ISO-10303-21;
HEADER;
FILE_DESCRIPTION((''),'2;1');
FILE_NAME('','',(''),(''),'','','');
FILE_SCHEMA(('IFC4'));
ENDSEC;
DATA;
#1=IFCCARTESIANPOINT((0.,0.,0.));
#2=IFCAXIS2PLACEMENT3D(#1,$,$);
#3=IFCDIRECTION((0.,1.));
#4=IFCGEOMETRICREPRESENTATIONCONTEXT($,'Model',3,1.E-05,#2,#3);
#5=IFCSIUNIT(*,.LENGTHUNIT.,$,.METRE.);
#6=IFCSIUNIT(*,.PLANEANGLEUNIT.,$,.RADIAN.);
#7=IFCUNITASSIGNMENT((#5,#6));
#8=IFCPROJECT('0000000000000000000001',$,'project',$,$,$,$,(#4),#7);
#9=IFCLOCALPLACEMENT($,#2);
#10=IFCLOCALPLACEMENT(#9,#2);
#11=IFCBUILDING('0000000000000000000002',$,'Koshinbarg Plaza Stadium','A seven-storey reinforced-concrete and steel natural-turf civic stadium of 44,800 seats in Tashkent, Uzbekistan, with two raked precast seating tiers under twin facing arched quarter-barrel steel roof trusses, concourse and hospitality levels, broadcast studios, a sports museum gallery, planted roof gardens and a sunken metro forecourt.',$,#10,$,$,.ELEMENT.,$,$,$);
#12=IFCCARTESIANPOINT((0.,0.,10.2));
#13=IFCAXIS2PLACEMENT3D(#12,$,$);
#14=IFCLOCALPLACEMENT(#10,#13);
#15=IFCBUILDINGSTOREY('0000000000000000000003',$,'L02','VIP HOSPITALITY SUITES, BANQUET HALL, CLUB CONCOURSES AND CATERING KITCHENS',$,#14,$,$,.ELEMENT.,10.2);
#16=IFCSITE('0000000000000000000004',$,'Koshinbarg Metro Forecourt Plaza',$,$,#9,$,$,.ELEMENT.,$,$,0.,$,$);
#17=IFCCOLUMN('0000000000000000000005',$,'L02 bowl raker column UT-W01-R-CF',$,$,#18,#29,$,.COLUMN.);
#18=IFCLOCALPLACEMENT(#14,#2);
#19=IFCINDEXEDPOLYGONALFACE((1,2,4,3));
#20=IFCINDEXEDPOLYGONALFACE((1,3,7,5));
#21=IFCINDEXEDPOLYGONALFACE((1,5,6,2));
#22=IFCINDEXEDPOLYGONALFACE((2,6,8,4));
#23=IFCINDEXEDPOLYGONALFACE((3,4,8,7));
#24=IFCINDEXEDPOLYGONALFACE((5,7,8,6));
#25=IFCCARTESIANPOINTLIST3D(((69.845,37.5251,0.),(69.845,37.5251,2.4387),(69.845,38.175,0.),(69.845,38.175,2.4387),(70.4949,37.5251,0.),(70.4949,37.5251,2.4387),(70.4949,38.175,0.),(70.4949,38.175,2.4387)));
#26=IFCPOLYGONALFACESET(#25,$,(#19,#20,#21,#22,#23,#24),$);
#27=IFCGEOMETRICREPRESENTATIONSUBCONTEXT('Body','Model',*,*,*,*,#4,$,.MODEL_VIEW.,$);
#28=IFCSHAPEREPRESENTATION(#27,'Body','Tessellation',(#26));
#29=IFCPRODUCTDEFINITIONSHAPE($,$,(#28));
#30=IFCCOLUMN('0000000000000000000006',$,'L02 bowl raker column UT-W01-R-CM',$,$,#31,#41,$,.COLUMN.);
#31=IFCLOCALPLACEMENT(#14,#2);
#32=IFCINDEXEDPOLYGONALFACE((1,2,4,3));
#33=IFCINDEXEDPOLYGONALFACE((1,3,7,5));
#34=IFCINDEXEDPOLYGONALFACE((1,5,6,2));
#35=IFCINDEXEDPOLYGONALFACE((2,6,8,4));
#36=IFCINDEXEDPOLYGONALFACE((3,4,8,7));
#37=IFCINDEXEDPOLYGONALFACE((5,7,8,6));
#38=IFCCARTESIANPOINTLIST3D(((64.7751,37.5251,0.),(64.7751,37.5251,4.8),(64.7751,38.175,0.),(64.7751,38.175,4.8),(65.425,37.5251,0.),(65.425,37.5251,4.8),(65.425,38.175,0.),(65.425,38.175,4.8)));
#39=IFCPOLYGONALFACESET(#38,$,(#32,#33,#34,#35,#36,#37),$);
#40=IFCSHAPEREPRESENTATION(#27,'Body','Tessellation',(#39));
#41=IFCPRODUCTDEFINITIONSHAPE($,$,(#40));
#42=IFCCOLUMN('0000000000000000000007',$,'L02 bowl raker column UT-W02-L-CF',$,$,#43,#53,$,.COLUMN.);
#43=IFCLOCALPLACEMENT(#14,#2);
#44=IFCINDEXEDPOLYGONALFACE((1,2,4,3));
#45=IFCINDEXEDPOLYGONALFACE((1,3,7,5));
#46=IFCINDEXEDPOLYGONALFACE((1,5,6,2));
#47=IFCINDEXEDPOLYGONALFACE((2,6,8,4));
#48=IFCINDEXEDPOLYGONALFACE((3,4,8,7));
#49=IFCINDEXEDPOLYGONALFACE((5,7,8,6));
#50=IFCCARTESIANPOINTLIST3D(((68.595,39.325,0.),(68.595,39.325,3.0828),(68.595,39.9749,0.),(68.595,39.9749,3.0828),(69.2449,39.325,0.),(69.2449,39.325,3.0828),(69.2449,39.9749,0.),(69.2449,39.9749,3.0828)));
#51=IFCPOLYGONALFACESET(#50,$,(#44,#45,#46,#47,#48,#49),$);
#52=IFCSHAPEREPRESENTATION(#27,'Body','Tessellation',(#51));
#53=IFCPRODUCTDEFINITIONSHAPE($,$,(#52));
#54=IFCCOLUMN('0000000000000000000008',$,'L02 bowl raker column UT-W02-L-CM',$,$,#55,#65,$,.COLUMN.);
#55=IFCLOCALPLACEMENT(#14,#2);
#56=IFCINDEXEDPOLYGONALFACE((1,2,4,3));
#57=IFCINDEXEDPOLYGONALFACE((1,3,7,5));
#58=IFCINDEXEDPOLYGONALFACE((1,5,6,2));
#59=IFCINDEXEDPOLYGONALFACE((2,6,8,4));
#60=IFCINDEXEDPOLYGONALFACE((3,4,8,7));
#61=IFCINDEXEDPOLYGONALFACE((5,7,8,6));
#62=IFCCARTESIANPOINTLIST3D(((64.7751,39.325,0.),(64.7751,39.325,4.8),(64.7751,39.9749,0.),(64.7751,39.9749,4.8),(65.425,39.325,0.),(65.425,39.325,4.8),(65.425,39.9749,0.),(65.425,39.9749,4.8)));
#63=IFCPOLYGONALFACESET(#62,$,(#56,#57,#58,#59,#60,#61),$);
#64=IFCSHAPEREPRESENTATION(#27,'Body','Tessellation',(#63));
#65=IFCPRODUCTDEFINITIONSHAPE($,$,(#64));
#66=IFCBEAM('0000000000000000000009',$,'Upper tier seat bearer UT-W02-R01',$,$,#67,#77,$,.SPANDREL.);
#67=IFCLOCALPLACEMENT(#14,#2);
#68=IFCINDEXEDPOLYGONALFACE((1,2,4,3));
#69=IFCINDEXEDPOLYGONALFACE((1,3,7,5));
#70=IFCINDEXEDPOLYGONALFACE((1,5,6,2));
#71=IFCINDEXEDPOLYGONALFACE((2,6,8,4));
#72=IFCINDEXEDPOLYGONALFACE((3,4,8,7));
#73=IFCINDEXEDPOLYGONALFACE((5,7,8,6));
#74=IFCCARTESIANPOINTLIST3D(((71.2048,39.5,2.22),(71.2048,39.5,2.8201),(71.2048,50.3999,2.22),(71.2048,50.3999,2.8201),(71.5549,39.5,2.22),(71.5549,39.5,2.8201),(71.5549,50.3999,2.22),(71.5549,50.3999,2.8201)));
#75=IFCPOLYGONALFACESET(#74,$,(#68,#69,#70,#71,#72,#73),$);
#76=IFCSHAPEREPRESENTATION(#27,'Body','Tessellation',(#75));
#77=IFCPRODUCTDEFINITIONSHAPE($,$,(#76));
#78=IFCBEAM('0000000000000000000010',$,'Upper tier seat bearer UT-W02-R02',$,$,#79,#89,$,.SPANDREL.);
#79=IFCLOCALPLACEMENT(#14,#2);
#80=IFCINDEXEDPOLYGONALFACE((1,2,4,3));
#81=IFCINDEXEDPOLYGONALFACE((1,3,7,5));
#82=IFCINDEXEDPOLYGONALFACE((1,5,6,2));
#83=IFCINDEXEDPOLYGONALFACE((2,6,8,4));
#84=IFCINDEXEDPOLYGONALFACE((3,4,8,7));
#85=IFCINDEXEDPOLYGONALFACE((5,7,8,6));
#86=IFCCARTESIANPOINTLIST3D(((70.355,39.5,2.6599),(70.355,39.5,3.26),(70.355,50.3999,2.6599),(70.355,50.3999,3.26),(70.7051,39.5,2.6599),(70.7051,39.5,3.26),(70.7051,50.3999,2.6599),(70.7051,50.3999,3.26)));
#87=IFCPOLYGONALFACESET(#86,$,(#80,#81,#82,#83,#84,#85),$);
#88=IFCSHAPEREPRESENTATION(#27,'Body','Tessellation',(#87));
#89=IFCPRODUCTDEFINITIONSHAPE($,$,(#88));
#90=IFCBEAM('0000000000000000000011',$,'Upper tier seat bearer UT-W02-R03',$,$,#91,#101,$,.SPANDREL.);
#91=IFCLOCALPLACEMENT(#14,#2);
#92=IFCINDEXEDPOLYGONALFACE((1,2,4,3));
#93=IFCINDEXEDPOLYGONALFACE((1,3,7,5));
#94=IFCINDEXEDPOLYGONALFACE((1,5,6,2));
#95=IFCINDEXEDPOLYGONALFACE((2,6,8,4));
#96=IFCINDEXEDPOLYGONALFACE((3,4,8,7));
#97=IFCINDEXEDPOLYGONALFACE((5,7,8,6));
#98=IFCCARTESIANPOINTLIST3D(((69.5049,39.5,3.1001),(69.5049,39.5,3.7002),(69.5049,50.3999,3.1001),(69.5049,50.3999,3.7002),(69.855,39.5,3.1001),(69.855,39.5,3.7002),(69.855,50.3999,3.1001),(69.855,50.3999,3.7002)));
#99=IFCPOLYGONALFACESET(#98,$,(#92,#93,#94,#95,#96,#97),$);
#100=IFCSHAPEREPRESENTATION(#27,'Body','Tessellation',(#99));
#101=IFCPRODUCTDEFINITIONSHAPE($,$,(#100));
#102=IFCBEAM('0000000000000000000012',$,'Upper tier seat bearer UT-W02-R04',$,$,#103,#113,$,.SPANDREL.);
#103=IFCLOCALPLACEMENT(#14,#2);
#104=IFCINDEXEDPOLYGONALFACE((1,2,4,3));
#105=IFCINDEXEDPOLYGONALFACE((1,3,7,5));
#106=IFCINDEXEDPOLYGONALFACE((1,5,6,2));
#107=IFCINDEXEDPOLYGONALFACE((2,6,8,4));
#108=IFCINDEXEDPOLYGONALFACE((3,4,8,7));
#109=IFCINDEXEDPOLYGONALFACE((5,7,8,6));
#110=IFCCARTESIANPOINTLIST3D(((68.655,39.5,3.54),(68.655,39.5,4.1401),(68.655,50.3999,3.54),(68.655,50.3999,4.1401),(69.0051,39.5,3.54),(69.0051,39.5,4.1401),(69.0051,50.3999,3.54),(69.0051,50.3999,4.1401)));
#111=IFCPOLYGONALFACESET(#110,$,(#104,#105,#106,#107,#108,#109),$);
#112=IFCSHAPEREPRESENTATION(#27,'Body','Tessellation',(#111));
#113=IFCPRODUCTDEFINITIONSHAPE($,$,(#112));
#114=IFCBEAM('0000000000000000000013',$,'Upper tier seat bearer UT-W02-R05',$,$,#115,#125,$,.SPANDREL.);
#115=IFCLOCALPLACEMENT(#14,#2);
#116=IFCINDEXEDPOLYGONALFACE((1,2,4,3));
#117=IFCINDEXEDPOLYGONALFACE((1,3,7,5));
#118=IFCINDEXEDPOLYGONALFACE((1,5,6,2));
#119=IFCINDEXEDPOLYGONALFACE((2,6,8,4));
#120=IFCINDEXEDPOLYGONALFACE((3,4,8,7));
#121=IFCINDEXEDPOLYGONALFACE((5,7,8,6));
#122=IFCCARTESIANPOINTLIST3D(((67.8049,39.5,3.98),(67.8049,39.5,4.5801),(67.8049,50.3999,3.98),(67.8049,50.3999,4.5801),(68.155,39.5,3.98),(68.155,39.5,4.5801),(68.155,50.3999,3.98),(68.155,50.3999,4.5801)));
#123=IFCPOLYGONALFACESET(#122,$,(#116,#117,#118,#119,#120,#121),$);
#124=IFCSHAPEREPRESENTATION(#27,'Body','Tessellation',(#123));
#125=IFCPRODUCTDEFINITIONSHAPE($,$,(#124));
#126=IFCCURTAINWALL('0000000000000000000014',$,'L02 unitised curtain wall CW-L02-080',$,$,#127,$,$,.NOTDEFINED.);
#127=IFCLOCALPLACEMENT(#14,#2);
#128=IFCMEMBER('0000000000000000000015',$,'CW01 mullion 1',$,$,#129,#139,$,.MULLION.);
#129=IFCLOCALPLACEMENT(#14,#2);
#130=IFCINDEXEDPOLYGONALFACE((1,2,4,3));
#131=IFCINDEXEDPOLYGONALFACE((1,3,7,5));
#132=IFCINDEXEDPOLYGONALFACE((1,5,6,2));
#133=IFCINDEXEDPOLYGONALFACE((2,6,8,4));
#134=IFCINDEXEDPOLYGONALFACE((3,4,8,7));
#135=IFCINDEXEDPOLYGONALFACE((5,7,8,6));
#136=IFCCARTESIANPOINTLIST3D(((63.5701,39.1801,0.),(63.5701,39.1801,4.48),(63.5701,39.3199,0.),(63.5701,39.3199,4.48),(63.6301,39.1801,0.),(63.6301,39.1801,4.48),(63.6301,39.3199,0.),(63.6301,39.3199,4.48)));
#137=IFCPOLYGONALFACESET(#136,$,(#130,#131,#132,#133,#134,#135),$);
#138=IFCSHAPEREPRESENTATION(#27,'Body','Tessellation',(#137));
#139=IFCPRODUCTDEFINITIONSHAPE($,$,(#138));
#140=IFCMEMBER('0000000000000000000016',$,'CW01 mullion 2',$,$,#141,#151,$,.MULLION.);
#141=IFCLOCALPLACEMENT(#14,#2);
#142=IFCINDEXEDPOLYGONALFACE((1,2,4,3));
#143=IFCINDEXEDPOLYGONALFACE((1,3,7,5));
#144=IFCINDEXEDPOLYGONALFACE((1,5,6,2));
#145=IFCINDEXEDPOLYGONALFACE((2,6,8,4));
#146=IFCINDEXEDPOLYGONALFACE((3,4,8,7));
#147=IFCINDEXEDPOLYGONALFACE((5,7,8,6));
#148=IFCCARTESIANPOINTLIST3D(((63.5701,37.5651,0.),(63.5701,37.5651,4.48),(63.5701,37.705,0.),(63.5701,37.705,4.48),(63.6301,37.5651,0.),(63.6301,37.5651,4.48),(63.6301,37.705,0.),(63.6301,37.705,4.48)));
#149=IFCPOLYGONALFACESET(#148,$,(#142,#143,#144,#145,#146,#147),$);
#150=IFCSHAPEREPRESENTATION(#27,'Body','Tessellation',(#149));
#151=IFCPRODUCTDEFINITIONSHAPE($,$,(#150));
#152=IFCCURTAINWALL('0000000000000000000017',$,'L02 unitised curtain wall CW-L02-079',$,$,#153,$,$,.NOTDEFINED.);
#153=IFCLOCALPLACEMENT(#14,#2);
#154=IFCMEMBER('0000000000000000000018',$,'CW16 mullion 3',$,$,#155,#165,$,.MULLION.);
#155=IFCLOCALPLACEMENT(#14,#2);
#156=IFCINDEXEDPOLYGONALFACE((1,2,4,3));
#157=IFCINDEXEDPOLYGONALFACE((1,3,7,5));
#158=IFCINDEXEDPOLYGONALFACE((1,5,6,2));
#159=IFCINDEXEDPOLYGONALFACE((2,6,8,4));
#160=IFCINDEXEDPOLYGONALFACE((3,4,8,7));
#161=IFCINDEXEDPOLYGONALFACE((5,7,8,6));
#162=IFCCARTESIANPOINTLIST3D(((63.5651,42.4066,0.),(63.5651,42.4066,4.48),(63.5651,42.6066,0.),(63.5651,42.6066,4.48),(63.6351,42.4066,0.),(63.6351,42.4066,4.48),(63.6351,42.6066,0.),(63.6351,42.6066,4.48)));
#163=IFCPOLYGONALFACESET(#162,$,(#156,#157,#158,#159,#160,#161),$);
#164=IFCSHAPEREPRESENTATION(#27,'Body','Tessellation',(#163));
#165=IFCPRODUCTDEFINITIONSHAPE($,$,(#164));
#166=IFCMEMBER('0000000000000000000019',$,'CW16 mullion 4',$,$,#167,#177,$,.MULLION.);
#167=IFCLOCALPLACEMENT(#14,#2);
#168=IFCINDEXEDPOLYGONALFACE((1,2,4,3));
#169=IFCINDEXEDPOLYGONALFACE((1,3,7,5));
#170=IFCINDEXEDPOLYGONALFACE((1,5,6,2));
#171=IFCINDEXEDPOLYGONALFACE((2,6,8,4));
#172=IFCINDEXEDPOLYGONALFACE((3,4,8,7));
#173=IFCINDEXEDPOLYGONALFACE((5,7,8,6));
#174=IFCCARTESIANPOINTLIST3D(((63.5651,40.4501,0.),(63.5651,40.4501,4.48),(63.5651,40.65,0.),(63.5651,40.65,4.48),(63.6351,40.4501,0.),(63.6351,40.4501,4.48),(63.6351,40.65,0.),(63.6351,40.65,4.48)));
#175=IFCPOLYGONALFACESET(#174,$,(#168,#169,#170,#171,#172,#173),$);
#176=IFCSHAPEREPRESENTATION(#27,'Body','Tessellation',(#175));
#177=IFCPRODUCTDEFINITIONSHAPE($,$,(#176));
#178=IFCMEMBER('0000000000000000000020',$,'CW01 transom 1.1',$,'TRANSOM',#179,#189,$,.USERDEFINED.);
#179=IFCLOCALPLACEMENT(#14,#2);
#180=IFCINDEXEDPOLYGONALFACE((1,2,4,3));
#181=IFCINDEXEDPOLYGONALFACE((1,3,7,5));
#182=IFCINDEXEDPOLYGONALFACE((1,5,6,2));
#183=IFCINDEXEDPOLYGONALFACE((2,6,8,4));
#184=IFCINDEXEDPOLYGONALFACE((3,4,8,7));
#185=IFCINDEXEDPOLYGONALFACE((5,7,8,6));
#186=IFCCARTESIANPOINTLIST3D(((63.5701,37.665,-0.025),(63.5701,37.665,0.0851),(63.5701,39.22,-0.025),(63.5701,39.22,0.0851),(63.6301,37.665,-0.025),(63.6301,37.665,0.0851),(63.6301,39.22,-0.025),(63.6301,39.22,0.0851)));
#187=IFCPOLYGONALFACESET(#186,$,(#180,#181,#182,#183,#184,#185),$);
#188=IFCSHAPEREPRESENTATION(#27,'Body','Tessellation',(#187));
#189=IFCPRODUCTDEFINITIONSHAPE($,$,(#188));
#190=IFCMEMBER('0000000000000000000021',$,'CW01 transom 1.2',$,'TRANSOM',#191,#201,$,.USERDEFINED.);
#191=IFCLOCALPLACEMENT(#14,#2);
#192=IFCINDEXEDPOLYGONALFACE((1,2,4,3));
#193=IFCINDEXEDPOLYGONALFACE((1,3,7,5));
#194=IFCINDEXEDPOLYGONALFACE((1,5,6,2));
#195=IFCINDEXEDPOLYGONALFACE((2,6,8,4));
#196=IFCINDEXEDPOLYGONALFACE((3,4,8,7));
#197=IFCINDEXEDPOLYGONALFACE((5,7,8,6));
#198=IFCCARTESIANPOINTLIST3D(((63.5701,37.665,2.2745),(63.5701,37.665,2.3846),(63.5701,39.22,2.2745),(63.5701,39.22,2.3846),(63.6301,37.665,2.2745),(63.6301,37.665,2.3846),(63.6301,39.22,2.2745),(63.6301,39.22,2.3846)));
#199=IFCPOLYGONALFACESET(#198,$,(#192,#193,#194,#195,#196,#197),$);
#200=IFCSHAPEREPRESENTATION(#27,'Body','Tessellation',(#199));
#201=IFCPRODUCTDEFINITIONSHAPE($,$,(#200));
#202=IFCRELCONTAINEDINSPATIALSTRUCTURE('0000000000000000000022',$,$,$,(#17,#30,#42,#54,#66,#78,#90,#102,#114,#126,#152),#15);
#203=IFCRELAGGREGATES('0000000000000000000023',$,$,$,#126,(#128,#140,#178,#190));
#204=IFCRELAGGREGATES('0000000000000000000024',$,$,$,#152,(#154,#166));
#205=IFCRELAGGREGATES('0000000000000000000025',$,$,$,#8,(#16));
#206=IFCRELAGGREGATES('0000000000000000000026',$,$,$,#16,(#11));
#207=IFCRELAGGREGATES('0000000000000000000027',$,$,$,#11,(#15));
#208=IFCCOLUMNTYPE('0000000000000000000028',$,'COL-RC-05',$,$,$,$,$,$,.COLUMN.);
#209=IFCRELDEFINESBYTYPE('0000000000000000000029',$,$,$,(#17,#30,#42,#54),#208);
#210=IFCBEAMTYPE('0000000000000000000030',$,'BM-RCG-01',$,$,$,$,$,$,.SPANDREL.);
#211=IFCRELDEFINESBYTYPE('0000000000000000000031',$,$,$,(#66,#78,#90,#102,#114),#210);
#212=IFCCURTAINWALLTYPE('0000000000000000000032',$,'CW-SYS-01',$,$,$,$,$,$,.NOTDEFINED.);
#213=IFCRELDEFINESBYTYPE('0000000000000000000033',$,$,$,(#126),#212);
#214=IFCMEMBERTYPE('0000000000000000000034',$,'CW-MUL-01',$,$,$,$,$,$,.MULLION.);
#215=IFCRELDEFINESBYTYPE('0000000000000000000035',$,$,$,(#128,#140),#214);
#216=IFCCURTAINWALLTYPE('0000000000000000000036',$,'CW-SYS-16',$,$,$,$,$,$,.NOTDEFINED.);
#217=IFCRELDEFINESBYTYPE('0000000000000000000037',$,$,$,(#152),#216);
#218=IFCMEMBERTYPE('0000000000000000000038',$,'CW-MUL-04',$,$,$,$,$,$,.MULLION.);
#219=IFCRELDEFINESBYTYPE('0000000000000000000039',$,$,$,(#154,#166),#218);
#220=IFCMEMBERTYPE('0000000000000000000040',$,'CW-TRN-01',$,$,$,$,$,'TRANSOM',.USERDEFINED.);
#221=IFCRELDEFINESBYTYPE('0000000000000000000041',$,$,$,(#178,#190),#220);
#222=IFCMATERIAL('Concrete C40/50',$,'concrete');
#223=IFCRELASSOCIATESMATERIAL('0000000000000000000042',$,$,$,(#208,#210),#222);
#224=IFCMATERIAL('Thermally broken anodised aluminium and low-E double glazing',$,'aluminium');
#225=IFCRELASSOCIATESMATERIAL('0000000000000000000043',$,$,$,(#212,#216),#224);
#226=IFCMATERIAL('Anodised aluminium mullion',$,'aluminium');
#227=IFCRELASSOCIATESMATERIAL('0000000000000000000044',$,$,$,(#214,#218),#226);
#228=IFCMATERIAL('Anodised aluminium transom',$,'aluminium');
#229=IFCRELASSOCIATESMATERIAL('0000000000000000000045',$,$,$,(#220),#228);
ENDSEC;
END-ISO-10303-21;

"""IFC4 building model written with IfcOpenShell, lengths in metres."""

from ifc_helpers import new_model, si_unit, direction, frame, origin, origin_2d, place, context, subcontext, project, spatial, rectangle, extrude, material, material_profile, profile_set, type_object, element, aggregate, save


model = new_model("IFC4")

# Units and contexts
model_context = context("Model", 3, precision=1e-05, world=origin(), true_north=direction((0.0, 1.0)))
body_context = subcontext(model_context, "Body", "Model", "MODEL_VIEW")
ifc_project = project(units=[si_unit("LENGTHUNIT", "METRE"), si_unit("PLANEANGLEUNIT", "RADIAN")], contexts=[model_context])

# Site, building, storey
site_placement = place(None, origin())
site = spatial("IfcSite", under=ifc_project, at=site_placement, Name="Koshinbarg Metro Forecourt Plaza", CompositionType="ELEMENT", RefElevation=0.0)
building_placement = place(site_placement, origin())
building = spatial("IfcBuilding", under=site, at=building_placement, Name="Koshinbarg Plaza Stadium", Description="A seven-storey reinforced-concrete and steel natural-turf civic stadium of 44,800 seats in Tashkent, Uzbekistan, with two raked precast seating tiers under twin facing arched quarter-barrel steel roof trusses, concourse and hospitality levels, broadcast studios, a sports museum gallery, planted roof gardens and a sunken metro forecourt.", CompositionType="ELEMENT")
storey_placement = place(building_placement, frame((0.0, 0.0, 10.2)))
storey = spatial("IfcBuildingStorey", under=building, at=storey_placement, Name="L02", Description="VIP HOSPITALITY SUITES, BANQUET HALL, CLUB CONCOURSES AND CATERING KITCHENS", CompositionType="ELEMENT", Elevation=10.2)

# Columns
ifc_material_1 = material(Name="Concrete C40/50", Category="concrete")
ifc_material_profile_1 = material_profile(ifc_material_1, rectangle(XDim=0.6499, YDim=0.6499, at=origin_2d()), Name="RC 650x650")
ifc_profile_set_1 = profile_set([ifc_material_profile_1], Name="Concrete C40/50")
column_type = type_object("IfcColumnType", Name="COL-RC-05", PredefinedType="COLUMN", material=ifc_profile_set_1)
column_1_placement = place(storey_placement, frame((70.1699, 37.8501, 0.0), z_axis=(0.0, 0.0, 1.0), x_axis=(1.0, 0.0, 0.0)))
element("IfcColumn", 1, at=column_1_placement, inside=storey, type_object=column_type, Name="L02 bowl raker column UT-W01-R-CF", PredefinedType="COLUMN", context=body_context, shape_type="SweptSolid", body=[
    extrude(rectangle(XDim=0.6499, YDim=0.6499, at=origin_2d()), origin(), (0.0, 0.0, 1.0), 2.4387),
])
column_2_placement = place(storey_placement, frame((65.1001, 37.8501, 0.0), z_axis=(0.0, 0.0, 1.0), x_axis=(1.0, 0.0, 0.0)))
element("IfcColumn", 2, at=column_2_placement, inside=storey, type_object=column_type, Name="L02 bowl raker column UT-W01-R-CM", PredefinedType="COLUMN", context=body_context, shape_type="SweptSolid", body=[
    extrude(rectangle(XDim=0.6499, YDim=0.6499, at=origin_2d()), origin(), (0.0, 0.0, 1.0), 4.8),
])
column_3_placement = place(storey_placement, frame((68.9199, 39.6499, 0.0), z_axis=(0.0, 0.0, 1.0), x_axis=(1.0, 0.0, 0.0)))
element("IfcColumn", 3, at=column_3_placement, inside=storey, type_object=column_type, Name="L02 bowl raker column UT-W02-L-CF", PredefinedType="COLUMN", context=body_context, shape_type="SweptSolid", body=[
    extrude(rectangle(XDim=0.6499, YDim=0.6499, at=origin_2d()), origin(), (0.0, 0.0, 1.0), 3.0828),
])
column_4_placement = place(storey_placement, frame((65.1001, 39.6499, 0.0), z_axis=(0.0, 0.0, 1.0), x_axis=(1.0, 0.0, 0.0)))
element("IfcColumn", 4, at=column_4_placement, inside=storey, type_object=column_type, Name="L02 bowl raker column UT-W02-L-CM", PredefinedType="COLUMN", context=body_context, shape_type="SweptSolid", body=[
    extrude(rectangle(XDim=0.6499, YDim=0.6499, at=origin_2d()), origin(), (0.0, 0.0, 1.0), 4.8),
])

# Beams
ifc_material_profile_2 = material_profile(ifc_material_1, rectangle(XDim=0.3501, YDim=0.6001, at=origin_2d()), Name="RC 350x600")
ifc_profile_set_2 = profile_set([ifc_material_profile_2], Name="Concrete C40/50")
beam_type = type_object("IfcBeamType", Name="BM-RCG-01", PredefinedType="SPANDREL", material=ifc_profile_set_2)
for number, where, z_axis, x_axis, name in (
    (5, (71.3799, 39.5, 2.52), (0.0, 1.0, 0.0), (-1.0, 0.0, 0.0), "Upper tier seat bearer UT-W02-R01"),
    (6, (70.53, 39.5, 2.96), (0.0, 1.0, 0.0), (-1.0, 0.0, 0.0), "Upper tier seat bearer UT-W02-R02"),
    (7, (69.6799, 39.5, 3.4001), (0.0, 1.0, 0.0), (-1.0, 0.0, 0.0), "Upper tier seat bearer UT-W02-R03"),
    (8, (68.8301, 39.5, 3.8401), (0.0, 1.0, 0.0), (-1.0, 0.0, 0.0), "Upper tier seat bearer UT-W02-R04"),
    (9, (67.98, 39.5, 4.28), (0.0, 1.0, 0.0), (-1.0, 0.0, 0.0), "Upper tier seat bearer UT-W02-R05"),
):
    element("IfcBeam", number, at=place(storey_placement, frame(where, z_axis=z_axis, x_axis=x_axis)), inside=storey, type_object=beam_type, Name=name, PredefinedType="SPANDREL", context=body_context, shape_type="SweptSolid", body=[
        extrude(rectangle(XDim=0.3501, YDim=0.6001, at=origin_2d()), origin(), (0.0, 0.0, 1.0), 10.8999),
    ])

# Curtain walls, members
ifc_material_2 = material(Name="Thermally broken anodised aluminium and low-E double glazing", Category="aluminium")
curtain_wall_type_1 = type_object("IfcCurtainWallType", Name="CW-SYS-01", PredefinedType="NOTDEFINED", material=ifc_material_2)
curtain_wall_1_placement = place(storey_placement, origin())
curtain_wall_1 = element("IfcCurtainWall", 10, at=curtain_wall_1_placement, inside=storey, type_object=curtain_wall_type_1, Name="L02 unitised curtain wall CW-L02-080", PredefinedType="NOTDEFINED")
ifc_material_3 = material(Name="Anodised aluminium mullion", Category="aluminium")
ifc_material_profile_3 = material_profile(ifc_material_3, rectangle(XDim=0.0601, YDim=0.1399, at=origin_2d()), Name="ALU 60x140")
ifc_profile_set_3 = profile_set([ifc_material_profile_3], Name="Anodised aluminium mullion")
member_type_1 = type_object("IfcMemberType", Name="CW-MUL-01", PredefinedType="MULLION", material=ifc_profile_set_3)
member_1_placement = place(storey_placement, frame((63.6001, 39.25, 0.0), z_axis=(0.0, 0.0, 1.0), x_axis=(1.0, 0.0, 0.0)))
member_1 = element("IfcMember", 11, at=member_1_placement, type_object=member_type_1, Name="CW01 mullion 1", PredefinedType="MULLION", context=body_context, shape_type="SweptSolid", body=[
    extrude(rectangle(XDim=0.0601, YDim=0.1399, at=origin_2d()), origin(), (0.0, 0.0, 1.0), 4.48),
])
member_2_placement = place(storey_placement, frame((63.6001, 37.635, 0.0), z_axis=(0.0, 0.0, 1.0), x_axis=(1.0, 0.0, 0.0)))
member_2 = element("IfcMember", 12, at=member_2_placement, type_object=member_type_1, Name="CW01 mullion 2", PredefinedType="MULLION", context=body_context, shape_type="SweptSolid", body=[
    extrude(rectangle(XDim=0.0601, YDim=0.1399, at=origin_2d()), origin(), (0.0, 0.0, 1.0), 4.48),
])
curtain_wall_type_2 = type_object("IfcCurtainWallType", Name="CW-SYS-16", PredefinedType="NOTDEFINED", material=ifc_material_2)
curtain_wall_2_placement = place(storey_placement, origin())
curtain_wall_2 = element("IfcCurtainWall", 13, at=curtain_wall_2_placement, inside=storey, type_object=curtain_wall_type_2, Name="L02 unitised curtain wall CW-L02-079", PredefinedType="NOTDEFINED")
ifc_material_profile_4 = material_profile(ifc_material_3, rectangle(XDim=0.0701, YDim=0.2, at=origin_2d()), Name="ALU 70x200")
ifc_profile_set_4 = profile_set([ifc_material_profile_4], Name="Anodised aluminium mullion")
member_type_2 = type_object("IfcMemberType", Name="CW-MUL-04", PredefinedType="MULLION", material=ifc_profile_set_4)
member_3_placement = place(storey_placement, frame((63.6001, 42.5066, 0.0), z_axis=(0.0, 0.0, 1.0), x_axis=(1.0, 0.0, 0.0)))
member_3 = element("IfcMember", 14, at=member_3_placement, type_object=member_type_2, Name="CW16 mullion 3", PredefinedType="MULLION", context=body_context, shape_type="SweptSolid", body=[
    extrude(rectangle(XDim=0.0701, YDim=0.2, at=origin_2d()), origin(), (0.0, 0.0, 1.0), 4.48),
])
member_4_placement = place(storey_placement, frame((63.6001, 40.55, 0.0), z_axis=(0.0, 0.0, 1.0), x_axis=(1.0, 0.0, 0.0)))
member_4 = element("IfcMember", 15, at=member_4_placement, type_object=member_type_2, Name="CW16 mullion 4", PredefinedType="MULLION", context=body_context, shape_type="SweptSolid", body=[
    extrude(rectangle(XDim=0.0701, YDim=0.2, at=origin_2d()), origin(), (0.0, 0.0, 1.0), 4.48),
])

# Members
ifc_material_4 = material(Name="Anodised aluminium transom", Category="aluminium")
ifc_material_profile_5 = material_profile(ifc_material_4, rectangle(XDim=0.0601, YDim=0.1101, at=origin_2d()), Name="ALU 60x110")
ifc_profile_set_5 = profile_set([ifc_material_profile_5], Name="Anodised aluminium transom")
member_type_3 = type_object("IfcMemberType", Name="CW-TRN-01", ElementType="TRANSOM", PredefinedType="USERDEFINED", material=ifc_profile_set_5)
member_5_placement = place(storey_placement, frame((63.6001, 39.22, 0.03), z_axis=(0.0, -1.0, 0.0), x_axis=(1.0, 0.0, 0.0)))
member_5 = element("IfcMember", 16, at=member_5_placement, type_object=member_type_3, Name="CW01 transom 1.1", ObjectType="TRANSOM", PredefinedType="USERDEFINED", context=body_context, shape_type="SweptSolid", body=[
    extrude(rectangle(XDim=0.0601, YDim=0.1101, at=origin_2d()), origin(), (0.0, 0.0, 1.0), 1.5549),
])
member_6_placement = place(storey_placement, frame((63.6001, 39.22, 2.3296), z_axis=(0.0, -1.0, 0.0), x_axis=(1.0, 0.0, 0.0)))
member_6 = element("IfcMember", 17, at=member_6_placement, type_object=member_type_3, Name="CW01 transom 1.2", ObjectType="TRANSOM", PredefinedType="USERDEFINED", context=body_context, shape_type="SweptSolid", body=[
    extrude(rectangle(XDim=0.0601, YDim=0.1101, at=origin_2d()), origin(), (0.0, 0.0, 1.0), 1.5549),
])

aggregate(curtain_wall_1, [member_1, member_2, member_5, member_6])
aggregate(curtain_wall_2, [member_3, member_4])

save(model, "model.ifc")
